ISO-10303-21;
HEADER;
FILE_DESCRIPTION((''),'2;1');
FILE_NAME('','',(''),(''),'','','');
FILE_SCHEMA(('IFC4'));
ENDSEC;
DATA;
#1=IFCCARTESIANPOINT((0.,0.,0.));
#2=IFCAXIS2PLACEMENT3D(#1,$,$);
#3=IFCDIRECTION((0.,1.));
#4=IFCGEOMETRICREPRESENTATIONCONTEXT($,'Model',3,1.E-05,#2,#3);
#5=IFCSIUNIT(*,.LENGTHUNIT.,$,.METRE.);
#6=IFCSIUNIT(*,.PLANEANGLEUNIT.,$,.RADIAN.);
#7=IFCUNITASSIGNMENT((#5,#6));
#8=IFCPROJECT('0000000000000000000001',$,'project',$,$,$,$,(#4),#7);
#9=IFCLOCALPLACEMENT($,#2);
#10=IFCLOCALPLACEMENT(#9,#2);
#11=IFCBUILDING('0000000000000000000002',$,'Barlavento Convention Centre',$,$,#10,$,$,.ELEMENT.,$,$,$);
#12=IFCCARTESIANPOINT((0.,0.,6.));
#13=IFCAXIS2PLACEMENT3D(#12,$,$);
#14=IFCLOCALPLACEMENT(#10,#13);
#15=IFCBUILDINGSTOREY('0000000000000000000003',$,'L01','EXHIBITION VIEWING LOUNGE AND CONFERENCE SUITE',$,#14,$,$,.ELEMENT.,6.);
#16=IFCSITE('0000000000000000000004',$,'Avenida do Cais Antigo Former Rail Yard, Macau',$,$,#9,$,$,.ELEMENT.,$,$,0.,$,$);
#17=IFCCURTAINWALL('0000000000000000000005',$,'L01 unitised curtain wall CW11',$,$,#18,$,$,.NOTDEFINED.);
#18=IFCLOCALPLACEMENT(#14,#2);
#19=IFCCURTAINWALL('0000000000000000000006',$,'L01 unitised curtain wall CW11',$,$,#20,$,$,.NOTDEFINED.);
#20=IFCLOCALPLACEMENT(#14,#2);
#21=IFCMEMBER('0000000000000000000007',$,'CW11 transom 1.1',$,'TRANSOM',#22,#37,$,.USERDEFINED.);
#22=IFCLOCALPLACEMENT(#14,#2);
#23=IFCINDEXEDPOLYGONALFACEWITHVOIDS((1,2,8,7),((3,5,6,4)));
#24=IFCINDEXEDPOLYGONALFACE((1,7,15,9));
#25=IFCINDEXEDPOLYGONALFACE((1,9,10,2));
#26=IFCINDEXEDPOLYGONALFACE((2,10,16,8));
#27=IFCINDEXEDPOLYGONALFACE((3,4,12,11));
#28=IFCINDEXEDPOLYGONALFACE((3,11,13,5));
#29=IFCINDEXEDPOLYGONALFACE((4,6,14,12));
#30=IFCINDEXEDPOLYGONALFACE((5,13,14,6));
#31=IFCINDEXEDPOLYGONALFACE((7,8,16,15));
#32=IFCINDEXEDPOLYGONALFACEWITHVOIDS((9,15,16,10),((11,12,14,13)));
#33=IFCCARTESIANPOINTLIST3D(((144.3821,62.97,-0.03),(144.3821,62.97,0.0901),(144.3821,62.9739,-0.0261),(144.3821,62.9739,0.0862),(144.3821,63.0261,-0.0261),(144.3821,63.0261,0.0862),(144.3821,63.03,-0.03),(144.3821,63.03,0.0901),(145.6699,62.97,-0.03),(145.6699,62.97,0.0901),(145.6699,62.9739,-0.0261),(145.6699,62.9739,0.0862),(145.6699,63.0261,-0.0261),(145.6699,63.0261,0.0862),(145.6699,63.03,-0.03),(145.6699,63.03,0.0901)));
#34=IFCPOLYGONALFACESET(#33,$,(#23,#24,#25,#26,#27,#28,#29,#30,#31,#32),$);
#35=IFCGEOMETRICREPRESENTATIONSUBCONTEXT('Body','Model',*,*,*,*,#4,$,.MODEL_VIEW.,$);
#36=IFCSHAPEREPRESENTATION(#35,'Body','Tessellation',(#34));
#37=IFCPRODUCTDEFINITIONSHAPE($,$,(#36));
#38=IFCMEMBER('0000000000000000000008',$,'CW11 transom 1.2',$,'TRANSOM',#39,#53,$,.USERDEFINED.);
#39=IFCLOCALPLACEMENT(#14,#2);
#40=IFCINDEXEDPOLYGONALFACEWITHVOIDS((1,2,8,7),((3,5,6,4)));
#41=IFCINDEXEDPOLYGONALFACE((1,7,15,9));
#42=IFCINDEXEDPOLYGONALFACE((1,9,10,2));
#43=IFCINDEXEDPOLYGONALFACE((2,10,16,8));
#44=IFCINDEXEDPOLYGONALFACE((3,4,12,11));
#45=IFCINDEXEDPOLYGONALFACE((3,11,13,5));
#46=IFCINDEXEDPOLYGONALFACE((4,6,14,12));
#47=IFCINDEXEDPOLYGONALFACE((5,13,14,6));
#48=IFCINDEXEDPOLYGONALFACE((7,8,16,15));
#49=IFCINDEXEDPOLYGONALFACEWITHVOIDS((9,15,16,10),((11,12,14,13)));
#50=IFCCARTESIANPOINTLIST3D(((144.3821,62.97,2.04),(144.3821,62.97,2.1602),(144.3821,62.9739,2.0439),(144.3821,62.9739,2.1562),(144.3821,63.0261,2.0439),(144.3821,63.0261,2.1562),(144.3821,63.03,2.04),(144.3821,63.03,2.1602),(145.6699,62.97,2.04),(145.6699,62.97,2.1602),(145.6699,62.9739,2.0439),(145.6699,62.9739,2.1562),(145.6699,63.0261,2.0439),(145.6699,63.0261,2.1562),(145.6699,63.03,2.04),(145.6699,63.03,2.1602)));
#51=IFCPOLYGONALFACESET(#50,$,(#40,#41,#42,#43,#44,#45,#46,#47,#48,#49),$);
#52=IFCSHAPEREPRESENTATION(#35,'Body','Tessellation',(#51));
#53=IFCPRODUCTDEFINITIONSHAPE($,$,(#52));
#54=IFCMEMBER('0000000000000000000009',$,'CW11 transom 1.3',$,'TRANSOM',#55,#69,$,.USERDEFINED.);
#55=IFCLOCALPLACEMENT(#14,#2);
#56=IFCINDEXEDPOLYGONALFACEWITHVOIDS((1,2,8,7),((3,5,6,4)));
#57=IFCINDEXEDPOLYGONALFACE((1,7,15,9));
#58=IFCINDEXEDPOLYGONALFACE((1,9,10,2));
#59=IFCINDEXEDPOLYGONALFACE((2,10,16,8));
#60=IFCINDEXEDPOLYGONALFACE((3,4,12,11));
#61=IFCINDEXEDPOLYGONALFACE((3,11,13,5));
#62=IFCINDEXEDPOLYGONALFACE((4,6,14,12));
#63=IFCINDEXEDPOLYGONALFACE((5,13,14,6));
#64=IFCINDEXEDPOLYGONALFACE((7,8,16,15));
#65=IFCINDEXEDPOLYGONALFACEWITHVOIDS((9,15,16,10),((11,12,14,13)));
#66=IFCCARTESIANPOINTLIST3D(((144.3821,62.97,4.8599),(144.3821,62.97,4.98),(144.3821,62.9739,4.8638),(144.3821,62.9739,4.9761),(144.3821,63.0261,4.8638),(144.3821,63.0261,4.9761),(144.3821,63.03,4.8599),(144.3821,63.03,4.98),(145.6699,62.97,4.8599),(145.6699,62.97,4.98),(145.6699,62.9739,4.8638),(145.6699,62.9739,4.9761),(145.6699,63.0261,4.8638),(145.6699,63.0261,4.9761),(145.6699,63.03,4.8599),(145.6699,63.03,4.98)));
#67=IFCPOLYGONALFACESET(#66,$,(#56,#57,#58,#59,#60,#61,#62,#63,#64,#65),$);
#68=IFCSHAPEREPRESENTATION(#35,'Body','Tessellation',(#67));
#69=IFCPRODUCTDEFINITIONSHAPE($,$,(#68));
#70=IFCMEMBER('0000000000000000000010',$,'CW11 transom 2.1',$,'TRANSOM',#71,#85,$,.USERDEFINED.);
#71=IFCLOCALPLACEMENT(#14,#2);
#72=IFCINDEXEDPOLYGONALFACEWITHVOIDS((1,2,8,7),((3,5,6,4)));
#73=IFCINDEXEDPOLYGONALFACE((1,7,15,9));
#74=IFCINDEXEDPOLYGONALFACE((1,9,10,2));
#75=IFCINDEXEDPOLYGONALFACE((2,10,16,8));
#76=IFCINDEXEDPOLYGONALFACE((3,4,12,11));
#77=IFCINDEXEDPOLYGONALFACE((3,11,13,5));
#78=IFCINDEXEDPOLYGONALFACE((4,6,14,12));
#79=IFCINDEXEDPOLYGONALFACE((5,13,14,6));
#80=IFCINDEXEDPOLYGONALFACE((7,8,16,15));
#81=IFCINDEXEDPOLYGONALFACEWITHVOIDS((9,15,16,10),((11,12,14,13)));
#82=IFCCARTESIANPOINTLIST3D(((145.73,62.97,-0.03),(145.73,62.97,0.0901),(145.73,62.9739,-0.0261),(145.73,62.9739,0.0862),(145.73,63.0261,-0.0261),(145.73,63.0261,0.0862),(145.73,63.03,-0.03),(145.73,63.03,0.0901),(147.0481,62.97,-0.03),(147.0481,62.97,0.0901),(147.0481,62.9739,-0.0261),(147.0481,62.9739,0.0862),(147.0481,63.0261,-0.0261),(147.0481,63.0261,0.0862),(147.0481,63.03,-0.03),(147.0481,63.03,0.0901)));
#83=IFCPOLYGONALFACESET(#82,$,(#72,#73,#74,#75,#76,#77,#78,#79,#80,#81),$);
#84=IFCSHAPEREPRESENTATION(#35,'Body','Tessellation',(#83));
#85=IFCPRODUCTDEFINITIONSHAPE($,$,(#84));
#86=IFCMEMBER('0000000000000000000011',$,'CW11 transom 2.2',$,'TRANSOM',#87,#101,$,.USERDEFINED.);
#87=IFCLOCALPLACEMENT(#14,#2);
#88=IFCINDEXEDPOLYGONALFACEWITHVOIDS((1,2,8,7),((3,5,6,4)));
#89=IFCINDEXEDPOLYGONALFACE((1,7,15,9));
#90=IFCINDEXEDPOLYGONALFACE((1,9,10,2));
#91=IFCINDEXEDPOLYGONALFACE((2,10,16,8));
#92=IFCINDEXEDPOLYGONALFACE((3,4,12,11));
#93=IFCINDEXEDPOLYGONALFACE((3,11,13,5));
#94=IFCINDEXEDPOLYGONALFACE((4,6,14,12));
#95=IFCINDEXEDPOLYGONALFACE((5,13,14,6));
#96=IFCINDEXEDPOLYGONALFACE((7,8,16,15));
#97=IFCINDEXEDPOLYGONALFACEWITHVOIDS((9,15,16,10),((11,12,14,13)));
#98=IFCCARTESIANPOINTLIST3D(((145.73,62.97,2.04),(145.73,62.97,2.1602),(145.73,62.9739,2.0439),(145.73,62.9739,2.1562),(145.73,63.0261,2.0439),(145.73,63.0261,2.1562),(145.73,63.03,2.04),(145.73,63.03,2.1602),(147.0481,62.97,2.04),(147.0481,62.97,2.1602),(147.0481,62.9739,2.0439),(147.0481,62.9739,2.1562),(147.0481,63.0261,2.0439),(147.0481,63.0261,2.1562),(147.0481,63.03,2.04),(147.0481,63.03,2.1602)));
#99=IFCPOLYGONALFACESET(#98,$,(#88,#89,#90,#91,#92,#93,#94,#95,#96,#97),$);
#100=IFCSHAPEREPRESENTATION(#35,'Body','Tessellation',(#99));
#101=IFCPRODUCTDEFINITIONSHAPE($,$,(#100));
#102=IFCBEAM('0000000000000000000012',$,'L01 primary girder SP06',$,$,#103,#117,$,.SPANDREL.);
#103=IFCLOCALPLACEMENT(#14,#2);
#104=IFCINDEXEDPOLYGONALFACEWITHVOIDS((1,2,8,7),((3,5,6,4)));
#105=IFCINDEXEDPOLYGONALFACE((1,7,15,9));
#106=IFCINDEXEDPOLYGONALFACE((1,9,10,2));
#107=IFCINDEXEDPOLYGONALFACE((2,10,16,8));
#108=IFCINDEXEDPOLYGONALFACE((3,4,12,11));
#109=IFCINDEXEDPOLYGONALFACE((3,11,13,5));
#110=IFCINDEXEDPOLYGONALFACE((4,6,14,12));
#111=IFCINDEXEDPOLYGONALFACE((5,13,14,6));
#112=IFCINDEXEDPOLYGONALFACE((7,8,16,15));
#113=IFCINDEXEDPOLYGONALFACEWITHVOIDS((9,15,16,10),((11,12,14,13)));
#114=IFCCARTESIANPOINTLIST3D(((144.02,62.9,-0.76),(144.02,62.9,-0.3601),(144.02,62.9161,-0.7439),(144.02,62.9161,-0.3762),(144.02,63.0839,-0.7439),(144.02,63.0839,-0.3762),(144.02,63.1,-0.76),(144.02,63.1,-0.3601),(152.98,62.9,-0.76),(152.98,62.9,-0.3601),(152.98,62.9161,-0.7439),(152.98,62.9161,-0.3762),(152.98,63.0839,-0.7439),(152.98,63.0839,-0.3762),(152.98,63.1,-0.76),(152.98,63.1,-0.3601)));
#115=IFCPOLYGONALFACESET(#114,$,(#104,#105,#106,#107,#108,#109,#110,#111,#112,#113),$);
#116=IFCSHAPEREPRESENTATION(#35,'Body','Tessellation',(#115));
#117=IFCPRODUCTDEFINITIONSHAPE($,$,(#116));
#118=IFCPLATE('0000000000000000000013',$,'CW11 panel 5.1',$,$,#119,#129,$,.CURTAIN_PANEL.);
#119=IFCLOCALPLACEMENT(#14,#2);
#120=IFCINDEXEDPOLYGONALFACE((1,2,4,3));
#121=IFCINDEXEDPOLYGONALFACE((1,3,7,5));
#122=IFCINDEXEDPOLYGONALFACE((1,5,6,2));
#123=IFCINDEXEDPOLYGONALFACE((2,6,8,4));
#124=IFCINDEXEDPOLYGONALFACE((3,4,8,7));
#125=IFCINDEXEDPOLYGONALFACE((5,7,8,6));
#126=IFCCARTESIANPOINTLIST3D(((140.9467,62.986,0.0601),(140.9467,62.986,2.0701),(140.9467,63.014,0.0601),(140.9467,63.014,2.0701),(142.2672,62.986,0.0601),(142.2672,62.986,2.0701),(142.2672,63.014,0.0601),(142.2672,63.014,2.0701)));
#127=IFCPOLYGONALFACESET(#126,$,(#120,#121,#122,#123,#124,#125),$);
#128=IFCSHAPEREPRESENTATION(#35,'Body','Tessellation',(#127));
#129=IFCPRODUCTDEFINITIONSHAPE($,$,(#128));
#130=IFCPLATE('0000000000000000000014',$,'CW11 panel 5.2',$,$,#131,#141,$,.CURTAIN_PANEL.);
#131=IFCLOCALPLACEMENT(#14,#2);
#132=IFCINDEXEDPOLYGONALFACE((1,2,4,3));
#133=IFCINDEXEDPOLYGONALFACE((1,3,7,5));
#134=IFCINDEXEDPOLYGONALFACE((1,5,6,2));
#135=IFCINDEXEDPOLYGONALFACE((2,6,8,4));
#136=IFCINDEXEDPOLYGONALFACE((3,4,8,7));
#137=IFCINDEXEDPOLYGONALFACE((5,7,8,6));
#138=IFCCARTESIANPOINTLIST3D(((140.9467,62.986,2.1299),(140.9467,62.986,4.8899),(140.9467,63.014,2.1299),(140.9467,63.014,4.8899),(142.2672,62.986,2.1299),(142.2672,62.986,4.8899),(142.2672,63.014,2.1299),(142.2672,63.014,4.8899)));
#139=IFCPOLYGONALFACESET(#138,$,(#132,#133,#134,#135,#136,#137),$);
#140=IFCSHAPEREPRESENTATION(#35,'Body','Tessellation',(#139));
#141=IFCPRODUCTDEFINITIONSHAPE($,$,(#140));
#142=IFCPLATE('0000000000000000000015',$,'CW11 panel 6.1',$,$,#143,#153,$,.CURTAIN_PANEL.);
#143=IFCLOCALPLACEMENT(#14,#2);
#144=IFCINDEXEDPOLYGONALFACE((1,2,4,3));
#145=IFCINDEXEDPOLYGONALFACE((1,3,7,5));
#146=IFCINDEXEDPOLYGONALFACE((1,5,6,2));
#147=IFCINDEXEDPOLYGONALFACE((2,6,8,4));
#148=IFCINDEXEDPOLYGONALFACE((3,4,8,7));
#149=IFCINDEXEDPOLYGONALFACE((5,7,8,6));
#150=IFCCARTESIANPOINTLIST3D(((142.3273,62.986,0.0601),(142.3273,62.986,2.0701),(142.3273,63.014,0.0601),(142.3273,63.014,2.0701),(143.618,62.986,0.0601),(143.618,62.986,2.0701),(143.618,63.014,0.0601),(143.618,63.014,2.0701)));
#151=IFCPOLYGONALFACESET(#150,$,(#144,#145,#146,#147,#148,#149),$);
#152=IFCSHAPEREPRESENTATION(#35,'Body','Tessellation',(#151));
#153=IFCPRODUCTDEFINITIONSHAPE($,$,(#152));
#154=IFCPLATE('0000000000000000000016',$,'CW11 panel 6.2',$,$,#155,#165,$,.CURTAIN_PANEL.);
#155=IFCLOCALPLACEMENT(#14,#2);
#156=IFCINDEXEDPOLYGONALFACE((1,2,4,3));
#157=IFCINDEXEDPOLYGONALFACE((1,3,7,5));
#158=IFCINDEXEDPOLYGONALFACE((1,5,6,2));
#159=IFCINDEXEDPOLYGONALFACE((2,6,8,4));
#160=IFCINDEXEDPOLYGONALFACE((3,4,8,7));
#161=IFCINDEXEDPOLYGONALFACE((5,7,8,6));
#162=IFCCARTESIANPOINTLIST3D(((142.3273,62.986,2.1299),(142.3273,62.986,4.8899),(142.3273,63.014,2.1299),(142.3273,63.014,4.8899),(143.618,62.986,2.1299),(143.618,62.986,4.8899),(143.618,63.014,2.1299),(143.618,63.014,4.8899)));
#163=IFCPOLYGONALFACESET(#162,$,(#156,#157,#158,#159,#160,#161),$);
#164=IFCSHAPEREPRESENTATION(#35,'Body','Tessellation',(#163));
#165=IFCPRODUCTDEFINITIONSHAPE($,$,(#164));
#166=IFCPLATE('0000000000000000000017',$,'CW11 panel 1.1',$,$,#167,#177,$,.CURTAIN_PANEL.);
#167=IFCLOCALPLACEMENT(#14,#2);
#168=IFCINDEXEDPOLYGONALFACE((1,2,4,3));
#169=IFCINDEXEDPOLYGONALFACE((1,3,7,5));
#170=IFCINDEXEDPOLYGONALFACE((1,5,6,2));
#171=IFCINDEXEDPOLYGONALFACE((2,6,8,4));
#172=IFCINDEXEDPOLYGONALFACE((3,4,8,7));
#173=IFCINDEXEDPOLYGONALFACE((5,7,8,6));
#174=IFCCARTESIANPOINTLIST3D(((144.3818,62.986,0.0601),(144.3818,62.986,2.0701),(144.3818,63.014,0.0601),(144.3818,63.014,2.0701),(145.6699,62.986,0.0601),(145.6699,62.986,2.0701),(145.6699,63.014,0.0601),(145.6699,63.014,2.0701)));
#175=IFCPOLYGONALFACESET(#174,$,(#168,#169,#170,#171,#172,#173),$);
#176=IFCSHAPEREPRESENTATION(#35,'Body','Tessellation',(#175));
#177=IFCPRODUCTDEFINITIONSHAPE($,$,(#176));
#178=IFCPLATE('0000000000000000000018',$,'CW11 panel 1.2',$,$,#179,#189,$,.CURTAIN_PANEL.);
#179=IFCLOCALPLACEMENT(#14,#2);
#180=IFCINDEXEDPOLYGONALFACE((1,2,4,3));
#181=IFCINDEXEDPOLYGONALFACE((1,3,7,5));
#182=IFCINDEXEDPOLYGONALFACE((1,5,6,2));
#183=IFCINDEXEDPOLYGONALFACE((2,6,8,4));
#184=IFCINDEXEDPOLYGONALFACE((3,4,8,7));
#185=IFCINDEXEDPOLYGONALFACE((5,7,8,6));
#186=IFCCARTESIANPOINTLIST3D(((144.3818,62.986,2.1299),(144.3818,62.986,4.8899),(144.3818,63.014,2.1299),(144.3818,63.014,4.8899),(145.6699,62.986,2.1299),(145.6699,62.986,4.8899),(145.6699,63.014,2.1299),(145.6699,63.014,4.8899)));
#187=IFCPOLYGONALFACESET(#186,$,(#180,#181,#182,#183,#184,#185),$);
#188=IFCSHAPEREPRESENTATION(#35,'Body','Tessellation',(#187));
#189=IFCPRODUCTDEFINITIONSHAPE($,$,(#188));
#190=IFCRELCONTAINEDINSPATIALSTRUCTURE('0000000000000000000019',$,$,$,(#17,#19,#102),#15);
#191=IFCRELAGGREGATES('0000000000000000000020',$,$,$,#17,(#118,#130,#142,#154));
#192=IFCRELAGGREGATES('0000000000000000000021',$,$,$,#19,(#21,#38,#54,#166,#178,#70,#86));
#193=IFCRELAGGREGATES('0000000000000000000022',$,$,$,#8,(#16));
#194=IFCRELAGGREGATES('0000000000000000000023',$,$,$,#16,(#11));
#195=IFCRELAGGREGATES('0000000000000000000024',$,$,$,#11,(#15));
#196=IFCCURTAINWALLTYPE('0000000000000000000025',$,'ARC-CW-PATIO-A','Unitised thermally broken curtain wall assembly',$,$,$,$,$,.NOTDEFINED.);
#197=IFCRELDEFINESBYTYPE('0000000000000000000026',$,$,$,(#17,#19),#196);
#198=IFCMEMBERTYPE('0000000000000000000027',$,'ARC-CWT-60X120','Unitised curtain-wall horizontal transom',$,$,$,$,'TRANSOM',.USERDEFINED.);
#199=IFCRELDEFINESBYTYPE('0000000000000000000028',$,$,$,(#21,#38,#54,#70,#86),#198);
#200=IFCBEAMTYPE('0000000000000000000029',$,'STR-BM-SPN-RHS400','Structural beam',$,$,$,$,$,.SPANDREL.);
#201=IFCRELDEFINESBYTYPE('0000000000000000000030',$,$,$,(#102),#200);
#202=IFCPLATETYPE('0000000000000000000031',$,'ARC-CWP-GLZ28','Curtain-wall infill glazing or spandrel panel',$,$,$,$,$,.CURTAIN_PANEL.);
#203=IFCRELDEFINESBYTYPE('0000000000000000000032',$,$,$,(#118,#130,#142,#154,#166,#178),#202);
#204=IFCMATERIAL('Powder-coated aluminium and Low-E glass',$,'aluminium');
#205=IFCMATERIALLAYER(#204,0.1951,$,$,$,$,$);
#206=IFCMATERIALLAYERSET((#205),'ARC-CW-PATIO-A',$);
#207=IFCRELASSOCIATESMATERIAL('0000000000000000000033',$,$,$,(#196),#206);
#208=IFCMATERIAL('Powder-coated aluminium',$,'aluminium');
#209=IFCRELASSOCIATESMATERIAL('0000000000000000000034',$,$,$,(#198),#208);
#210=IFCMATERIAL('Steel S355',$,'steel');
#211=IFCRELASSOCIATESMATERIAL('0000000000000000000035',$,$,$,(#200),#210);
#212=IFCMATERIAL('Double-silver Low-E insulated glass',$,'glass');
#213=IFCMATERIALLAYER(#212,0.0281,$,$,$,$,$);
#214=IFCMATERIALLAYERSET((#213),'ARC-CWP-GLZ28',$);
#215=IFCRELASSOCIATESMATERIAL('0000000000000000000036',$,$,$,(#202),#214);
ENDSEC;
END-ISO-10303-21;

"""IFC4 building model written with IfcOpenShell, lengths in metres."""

from ifc_helpers import new_model, si_unit, direction, frame, origin, origin_2d, place, context, subcontext, project, spatial, rectangle, hollow_rectangle, extrude, material, layer, layer_set, material_profile, profile_set, type_object, element, aggregate, save


model = new_model("IFC4")

# Units and contexts
model_context = context("Model", 3, precision=1e-05, world=origin(), true_north=direction((0.0, 1.0)))
body_context = subcontext(model_context, "Body", "Model", "MODEL_VIEW")
ifc_project = project(units=[si_unit("LENGTHUNIT", "METRE"), si_unit("PLANEANGLEUNIT", "RADIAN")], contexts=[model_context])

# Site, building, storey
site_placement = place(None, origin())
site = spatial("IfcSite", under=ifc_project, at=site_placement, Name="Avenida do Cais Antigo Former Rail Yard, Macau", CompositionType="ELEMENT", RefElevation=0.0)
building_placement = place(site_placement, origin())
building = spatial("IfcBuilding", under=site, at=building_placement, Name="Barlavento Convention Centre", CompositionType="ELEMENT")
storey_placement = place(building_placement, frame((0.0, 0.0, 6.0)))
storey = spatial("IfcBuildingStorey", under=building, at=storey_placement, Name="L01", Description="EXHIBITION VIEWING LOUNGE AND CONFERENCE SUITE", CompositionType="ELEMENT", Elevation=6.0)

# Shared definitions
ifc_material_1 = material(Name="Steel S355", Category="steel")

# Curtain walls
ifc_material_2 = material(Name="Powder-coated aluminium and Low-E glass", Category="aluminium")
ifc_layer_1 = layer(ifc_material_2, 0.1951)
ifc_layer_set_1 = layer_set([ifc_layer_1], Name="ARC-CW-PATIO-A")
curtain_wall_type = type_object("IfcCurtainWallType", Name="ARC-CW-PATIO-A", Description="Unitised thermally broken curtain wall assembly", PredefinedType="NOTDEFINED", material=ifc_layer_set_1)
curtain_wall_1_placement = place(storey_placement, origin())
curtain_wall_1 = element("IfcCurtainWall", 1, at=curtain_wall_1_placement, inside=storey, type_object=curtain_wall_type, Name="L01 unitised curtain wall CW11", PredefinedType="NOTDEFINED")
ifc_material_3 = material(Name="Powder-coated aluminium", Category="aluminium")
curtain_wall_2_placement = place(storey_placement, origin())
curtain_wall_2 = element("IfcCurtainWall", 2, at=curtain_wall_2_placement, inside=storey, type_object=curtain_wall_type, Name="L01 unitised curtain wall CW11", PredefinedType="NOTDEFINED")

# Members
ifc_material_profile_1 = material_profile(ifc_material_3, hollow_rectangle(XDim=0.0601, YDim=0.1201, WallThickness=0.0039, at=origin_2d()), Name="AL-TRAN 60x120x4")
ifc_profile_set_1 = profile_set([ifc_material_profile_1], Name="Powder-coated aluminium")
member_type_1 = type_object("IfcMemberType", Name="ARC-CWT-60X120", Description="Unitised curtain-wall horizontal transom", ElementType="TRANSOM", PredefinedType="USERDEFINED", material=ifc_profile_set_1)
member_1_placement = place(storey_placement, frame((144.3821, 63.0, 0.03), z_axis=(1.0, 0.0, 0.0), x_axis=(0.0, 1.0, 0.0)))
member_1 = element("IfcMember", 3, at=member_1_placement, type_object=member_type_1, Name="CW11 transom 1.1", ObjectType="TRANSOM", PredefinedType="USERDEFINED", context=body_context, shape_type="SweptSolid", body=[
    extrude(hollow_rectangle(XDim=0.0601, YDim=0.1201, WallThickness=0.0039, at=origin_2d()), origin(), (0.0, 0.0, 1.0), 1.2878),
])
member_2_placement = place(storey_placement, frame((144.3821, 63.0, 2.1001), z_axis=(1.0, 0.0, 0.0), x_axis=(0.0, 1.0, 0.0)))
member_2 = element("IfcMember", 4, at=member_2_placement, type_object=member_type_1, Name="CW11 transom 1.2", ObjectType="TRANSOM", PredefinedType="USERDEFINED", context=body_context, shape_type="SweptSolid", body=[
    extrude(hollow_rectangle(XDim=0.0601, YDim=0.1201, WallThickness=0.0039, at=origin_2d()), origin(), (0.0, 0.0, 1.0), 1.2878),
])
member_3_placement = place(storey_placement, frame((144.3821, 63.0, 4.9199), z_axis=(1.0, 0.0, 0.0), x_axis=(0.0, 1.0, 0.0)))
member_3 = element("IfcMember", 5, at=member_3_placement, type_object=member_type_1, Name="CW11 transom 1.3", ObjectType="TRANSOM", PredefinedType="USERDEFINED", context=body_context, shape_type="SweptSolid", body=[
    extrude(hollow_rectangle(XDim=0.0601, YDim=0.1201, WallThickness=0.0039, at=origin_2d()), origin(), (0.0, 0.0, 1.0), 1.2878),
])
member_4_placement = place(storey_placement, frame((145.73, 63.0, 0.03), z_axis=(1.0, 0.0, 0.0), x_axis=(0.0, 1.0, 0.0)))
member_4 = element("IfcMember", 6, at=member_4_placement, type_object=member_type_1, Name="CW11 transom 2.1", ObjectType="TRANSOM", PredefinedType="USERDEFINED", context=body_context, shape_type="SweptSolid", body=[
    extrude(hollow_rectangle(XDim=0.0601, YDim=0.1201, WallThickness=0.0039, at=origin_2d()), origin(), (0.0, 0.0, 1.0), 1.3181),
])
member_5_placement = place(storey_placement, frame((145.73, 63.0, 2.1001), z_axis=(1.0, 0.0, 0.0), x_axis=(0.0, 1.0, 0.0)))
member_5 = element("IfcMember", 7, at=member_5_placement, type_object=member_type_1, Name="CW11 transom 2.2", ObjectType="TRANSOM", PredefinedType="USERDEFINED", context=body_context, shape_type="SweptSolid", body=[
    extrude(hollow_rectangle(XDim=0.0601, YDim=0.1201, WallThickness=0.0039, at=origin_2d()), origin(), (0.0, 0.0, 1.0), 1.3181),
])

# Beam
ifc_material_profile_2 = material_profile(ifc_material_1, hollow_rectangle(XDim=0.2, YDim=0.3999, WallThickness=0.0161, at=origin_2d()), Name="RHS 400x200x16.0")
ifc_profile_set_2 = profile_set([ifc_material_profile_2], Name="Steel S355")
beam_type = type_object("IfcBeamType", Name="STR-BM-SPN-RHS400", Description="Structural beam", PredefinedType="SPANDREL", material=ifc_profile_set_2)
beam_placement = place(storey_placement, frame((144.02, 63.0, -0.5601), z_axis=(1.0, 0.0, 0.0), x_axis=(0.0, 1.0, 0.0)))
element("IfcBeam", 8, at=beam_placement, inside=storey, type_object=beam_type, Name="L01 primary girder SP06", PredefinedType="SPANDREL", context=body_context, shape_type="SweptSolid", body=[
    extrude(hollow_rectangle(XDim=0.2, YDim=0.3999, WallThickness=0.0161, at=origin_2d()), origin(), (0.0, 0.0, 1.0), 8.96),
])

# Plates
ifc_material_4 = material(Name="Double-silver Low-E insulated glass", Category="glass")
ifc_layer_2 = layer(ifc_material_4, 0.0281)
ifc_layer_set_2 = layer_set([ifc_layer_2], Name="ARC-CWP-GLZ28")
plate_type = type_object("IfcPlateType", Name="ARC-CWP-GLZ28", Description="Curtain-wall infill glazing or spandrel panel", PredefinedType="CURTAIN_PANEL", material=ifc_layer_set_2)
plate_1_placement = place(storey_placement, frame((141.6069, 63.0, 0.0601), z_axis=(0.0, 0.0, 1.0), x_axis=(1.0, 0.0, 0.0)))
plate_1 = element("IfcPlate", 9, at=plate_1_placement, type_object=plate_type, Name="CW11 panel 5.1", PredefinedType="CURTAIN_PANEL", context=body_context, shape_type="SweptSolid", body=[
    extrude(rectangle(XDim=1.3206, YDim=0.0281, at=origin_2d()), origin(), (0.0, 0.0, 1.0), 2.01),
])
plate_2_placement = place(storey_placement, frame((141.6069, 63.0, 2.1299), z_axis=(0.0, 0.0, 1.0), x_axis=(1.0, 0.0, 0.0)))
plate_2 = element("IfcPlate", 10, at=plate_2_placement, type_object=plate_type, Name="CW11 panel 5.2", PredefinedType="CURTAIN_PANEL", context=body_context, shape_type="SweptSolid", body=[
    extrude(rectangle(XDim=1.3206, YDim=0.0281, at=origin_2d()), origin(), (0.0, 0.0, 1.0), 2.76),
])
plate_3_placement = place(storey_placement, frame((142.9727, 63.0, 0.0601), z_axis=(0.0, 0.0, 1.0), x_axis=(1.0, 0.0, 0.0)))
plate_3 = element("IfcPlate", 11, at=plate_3_placement, type_object=plate_type, Name="CW11 panel 6.1", PredefinedType="CURTAIN_PANEL", context=body_context, shape_type="SweptSolid", body=[
    extrude(rectangle(XDim=1.2908, YDim=0.0281, at=origin_2d()), origin(), (0.0, 0.0, 1.0), 2.01),
])
plate_4_placement = place(storey_placement, frame((142.9727, 63.0, 2.1299), z_axis=(0.0, 0.0, 1.0), x_axis=(1.0, 0.0, 0.0)))
plate_4 = element("IfcPlate", 12, at=plate_4_placement, type_object=plate_type, Name="CW11 panel 6.2", PredefinedType="CURTAIN_PANEL", context=body_context, shape_type="SweptSolid", body=[
    extrude(rectangle(XDim=1.2908, YDim=0.0281, at=origin_2d()), origin(), (0.0, 0.0, 1.0), 2.76),
])
aggregate(curtain_wall_1, [plate_1, plate_2, plate_3, plate_4])
plate_5_placement = place(storey_placement, frame((145.0259, 63.0, 0.0601), z_axis=(0.0, 0.0, 1.0), x_axis=(1.0, 0.0, 0.0)))
plate_5 = element("IfcPlate", 13, at=plate_5_placement, type_object=plate_type, Name="CW11 panel 1.1", PredefinedType="CURTAIN_PANEL", context=body_context, shape_type="SweptSolid", body=[
    extrude(rectangle(XDim=1.2881, YDim=0.0281, at=origin_2d()), origin(), (0.0, 0.0, 1.0), 2.01),
])
plate_6_placement = place(storey_placement, frame((145.0259, 63.0, 2.1299), z_axis=(0.0, 0.0, 1.0), x_axis=(1.0, 0.0, 0.0)))
plate_6 = element("IfcPlate", 14, at=plate_6_placement, type_object=plate_type, Name="CW11 panel 1.2", PredefinedType="CURTAIN_PANEL", context=body_context, shape_type="SweptSolid", body=[
    extrude(rectangle(XDim=1.2881, YDim=0.0281, at=origin_2d()), origin(), (0.0, 0.0, 1.0), 2.76),
])
aggregate(curtain_wall_2, [member_1, member_2, member_3, plate_5, plate_6, member_4, member_5])

save(model, "model.ifc")
